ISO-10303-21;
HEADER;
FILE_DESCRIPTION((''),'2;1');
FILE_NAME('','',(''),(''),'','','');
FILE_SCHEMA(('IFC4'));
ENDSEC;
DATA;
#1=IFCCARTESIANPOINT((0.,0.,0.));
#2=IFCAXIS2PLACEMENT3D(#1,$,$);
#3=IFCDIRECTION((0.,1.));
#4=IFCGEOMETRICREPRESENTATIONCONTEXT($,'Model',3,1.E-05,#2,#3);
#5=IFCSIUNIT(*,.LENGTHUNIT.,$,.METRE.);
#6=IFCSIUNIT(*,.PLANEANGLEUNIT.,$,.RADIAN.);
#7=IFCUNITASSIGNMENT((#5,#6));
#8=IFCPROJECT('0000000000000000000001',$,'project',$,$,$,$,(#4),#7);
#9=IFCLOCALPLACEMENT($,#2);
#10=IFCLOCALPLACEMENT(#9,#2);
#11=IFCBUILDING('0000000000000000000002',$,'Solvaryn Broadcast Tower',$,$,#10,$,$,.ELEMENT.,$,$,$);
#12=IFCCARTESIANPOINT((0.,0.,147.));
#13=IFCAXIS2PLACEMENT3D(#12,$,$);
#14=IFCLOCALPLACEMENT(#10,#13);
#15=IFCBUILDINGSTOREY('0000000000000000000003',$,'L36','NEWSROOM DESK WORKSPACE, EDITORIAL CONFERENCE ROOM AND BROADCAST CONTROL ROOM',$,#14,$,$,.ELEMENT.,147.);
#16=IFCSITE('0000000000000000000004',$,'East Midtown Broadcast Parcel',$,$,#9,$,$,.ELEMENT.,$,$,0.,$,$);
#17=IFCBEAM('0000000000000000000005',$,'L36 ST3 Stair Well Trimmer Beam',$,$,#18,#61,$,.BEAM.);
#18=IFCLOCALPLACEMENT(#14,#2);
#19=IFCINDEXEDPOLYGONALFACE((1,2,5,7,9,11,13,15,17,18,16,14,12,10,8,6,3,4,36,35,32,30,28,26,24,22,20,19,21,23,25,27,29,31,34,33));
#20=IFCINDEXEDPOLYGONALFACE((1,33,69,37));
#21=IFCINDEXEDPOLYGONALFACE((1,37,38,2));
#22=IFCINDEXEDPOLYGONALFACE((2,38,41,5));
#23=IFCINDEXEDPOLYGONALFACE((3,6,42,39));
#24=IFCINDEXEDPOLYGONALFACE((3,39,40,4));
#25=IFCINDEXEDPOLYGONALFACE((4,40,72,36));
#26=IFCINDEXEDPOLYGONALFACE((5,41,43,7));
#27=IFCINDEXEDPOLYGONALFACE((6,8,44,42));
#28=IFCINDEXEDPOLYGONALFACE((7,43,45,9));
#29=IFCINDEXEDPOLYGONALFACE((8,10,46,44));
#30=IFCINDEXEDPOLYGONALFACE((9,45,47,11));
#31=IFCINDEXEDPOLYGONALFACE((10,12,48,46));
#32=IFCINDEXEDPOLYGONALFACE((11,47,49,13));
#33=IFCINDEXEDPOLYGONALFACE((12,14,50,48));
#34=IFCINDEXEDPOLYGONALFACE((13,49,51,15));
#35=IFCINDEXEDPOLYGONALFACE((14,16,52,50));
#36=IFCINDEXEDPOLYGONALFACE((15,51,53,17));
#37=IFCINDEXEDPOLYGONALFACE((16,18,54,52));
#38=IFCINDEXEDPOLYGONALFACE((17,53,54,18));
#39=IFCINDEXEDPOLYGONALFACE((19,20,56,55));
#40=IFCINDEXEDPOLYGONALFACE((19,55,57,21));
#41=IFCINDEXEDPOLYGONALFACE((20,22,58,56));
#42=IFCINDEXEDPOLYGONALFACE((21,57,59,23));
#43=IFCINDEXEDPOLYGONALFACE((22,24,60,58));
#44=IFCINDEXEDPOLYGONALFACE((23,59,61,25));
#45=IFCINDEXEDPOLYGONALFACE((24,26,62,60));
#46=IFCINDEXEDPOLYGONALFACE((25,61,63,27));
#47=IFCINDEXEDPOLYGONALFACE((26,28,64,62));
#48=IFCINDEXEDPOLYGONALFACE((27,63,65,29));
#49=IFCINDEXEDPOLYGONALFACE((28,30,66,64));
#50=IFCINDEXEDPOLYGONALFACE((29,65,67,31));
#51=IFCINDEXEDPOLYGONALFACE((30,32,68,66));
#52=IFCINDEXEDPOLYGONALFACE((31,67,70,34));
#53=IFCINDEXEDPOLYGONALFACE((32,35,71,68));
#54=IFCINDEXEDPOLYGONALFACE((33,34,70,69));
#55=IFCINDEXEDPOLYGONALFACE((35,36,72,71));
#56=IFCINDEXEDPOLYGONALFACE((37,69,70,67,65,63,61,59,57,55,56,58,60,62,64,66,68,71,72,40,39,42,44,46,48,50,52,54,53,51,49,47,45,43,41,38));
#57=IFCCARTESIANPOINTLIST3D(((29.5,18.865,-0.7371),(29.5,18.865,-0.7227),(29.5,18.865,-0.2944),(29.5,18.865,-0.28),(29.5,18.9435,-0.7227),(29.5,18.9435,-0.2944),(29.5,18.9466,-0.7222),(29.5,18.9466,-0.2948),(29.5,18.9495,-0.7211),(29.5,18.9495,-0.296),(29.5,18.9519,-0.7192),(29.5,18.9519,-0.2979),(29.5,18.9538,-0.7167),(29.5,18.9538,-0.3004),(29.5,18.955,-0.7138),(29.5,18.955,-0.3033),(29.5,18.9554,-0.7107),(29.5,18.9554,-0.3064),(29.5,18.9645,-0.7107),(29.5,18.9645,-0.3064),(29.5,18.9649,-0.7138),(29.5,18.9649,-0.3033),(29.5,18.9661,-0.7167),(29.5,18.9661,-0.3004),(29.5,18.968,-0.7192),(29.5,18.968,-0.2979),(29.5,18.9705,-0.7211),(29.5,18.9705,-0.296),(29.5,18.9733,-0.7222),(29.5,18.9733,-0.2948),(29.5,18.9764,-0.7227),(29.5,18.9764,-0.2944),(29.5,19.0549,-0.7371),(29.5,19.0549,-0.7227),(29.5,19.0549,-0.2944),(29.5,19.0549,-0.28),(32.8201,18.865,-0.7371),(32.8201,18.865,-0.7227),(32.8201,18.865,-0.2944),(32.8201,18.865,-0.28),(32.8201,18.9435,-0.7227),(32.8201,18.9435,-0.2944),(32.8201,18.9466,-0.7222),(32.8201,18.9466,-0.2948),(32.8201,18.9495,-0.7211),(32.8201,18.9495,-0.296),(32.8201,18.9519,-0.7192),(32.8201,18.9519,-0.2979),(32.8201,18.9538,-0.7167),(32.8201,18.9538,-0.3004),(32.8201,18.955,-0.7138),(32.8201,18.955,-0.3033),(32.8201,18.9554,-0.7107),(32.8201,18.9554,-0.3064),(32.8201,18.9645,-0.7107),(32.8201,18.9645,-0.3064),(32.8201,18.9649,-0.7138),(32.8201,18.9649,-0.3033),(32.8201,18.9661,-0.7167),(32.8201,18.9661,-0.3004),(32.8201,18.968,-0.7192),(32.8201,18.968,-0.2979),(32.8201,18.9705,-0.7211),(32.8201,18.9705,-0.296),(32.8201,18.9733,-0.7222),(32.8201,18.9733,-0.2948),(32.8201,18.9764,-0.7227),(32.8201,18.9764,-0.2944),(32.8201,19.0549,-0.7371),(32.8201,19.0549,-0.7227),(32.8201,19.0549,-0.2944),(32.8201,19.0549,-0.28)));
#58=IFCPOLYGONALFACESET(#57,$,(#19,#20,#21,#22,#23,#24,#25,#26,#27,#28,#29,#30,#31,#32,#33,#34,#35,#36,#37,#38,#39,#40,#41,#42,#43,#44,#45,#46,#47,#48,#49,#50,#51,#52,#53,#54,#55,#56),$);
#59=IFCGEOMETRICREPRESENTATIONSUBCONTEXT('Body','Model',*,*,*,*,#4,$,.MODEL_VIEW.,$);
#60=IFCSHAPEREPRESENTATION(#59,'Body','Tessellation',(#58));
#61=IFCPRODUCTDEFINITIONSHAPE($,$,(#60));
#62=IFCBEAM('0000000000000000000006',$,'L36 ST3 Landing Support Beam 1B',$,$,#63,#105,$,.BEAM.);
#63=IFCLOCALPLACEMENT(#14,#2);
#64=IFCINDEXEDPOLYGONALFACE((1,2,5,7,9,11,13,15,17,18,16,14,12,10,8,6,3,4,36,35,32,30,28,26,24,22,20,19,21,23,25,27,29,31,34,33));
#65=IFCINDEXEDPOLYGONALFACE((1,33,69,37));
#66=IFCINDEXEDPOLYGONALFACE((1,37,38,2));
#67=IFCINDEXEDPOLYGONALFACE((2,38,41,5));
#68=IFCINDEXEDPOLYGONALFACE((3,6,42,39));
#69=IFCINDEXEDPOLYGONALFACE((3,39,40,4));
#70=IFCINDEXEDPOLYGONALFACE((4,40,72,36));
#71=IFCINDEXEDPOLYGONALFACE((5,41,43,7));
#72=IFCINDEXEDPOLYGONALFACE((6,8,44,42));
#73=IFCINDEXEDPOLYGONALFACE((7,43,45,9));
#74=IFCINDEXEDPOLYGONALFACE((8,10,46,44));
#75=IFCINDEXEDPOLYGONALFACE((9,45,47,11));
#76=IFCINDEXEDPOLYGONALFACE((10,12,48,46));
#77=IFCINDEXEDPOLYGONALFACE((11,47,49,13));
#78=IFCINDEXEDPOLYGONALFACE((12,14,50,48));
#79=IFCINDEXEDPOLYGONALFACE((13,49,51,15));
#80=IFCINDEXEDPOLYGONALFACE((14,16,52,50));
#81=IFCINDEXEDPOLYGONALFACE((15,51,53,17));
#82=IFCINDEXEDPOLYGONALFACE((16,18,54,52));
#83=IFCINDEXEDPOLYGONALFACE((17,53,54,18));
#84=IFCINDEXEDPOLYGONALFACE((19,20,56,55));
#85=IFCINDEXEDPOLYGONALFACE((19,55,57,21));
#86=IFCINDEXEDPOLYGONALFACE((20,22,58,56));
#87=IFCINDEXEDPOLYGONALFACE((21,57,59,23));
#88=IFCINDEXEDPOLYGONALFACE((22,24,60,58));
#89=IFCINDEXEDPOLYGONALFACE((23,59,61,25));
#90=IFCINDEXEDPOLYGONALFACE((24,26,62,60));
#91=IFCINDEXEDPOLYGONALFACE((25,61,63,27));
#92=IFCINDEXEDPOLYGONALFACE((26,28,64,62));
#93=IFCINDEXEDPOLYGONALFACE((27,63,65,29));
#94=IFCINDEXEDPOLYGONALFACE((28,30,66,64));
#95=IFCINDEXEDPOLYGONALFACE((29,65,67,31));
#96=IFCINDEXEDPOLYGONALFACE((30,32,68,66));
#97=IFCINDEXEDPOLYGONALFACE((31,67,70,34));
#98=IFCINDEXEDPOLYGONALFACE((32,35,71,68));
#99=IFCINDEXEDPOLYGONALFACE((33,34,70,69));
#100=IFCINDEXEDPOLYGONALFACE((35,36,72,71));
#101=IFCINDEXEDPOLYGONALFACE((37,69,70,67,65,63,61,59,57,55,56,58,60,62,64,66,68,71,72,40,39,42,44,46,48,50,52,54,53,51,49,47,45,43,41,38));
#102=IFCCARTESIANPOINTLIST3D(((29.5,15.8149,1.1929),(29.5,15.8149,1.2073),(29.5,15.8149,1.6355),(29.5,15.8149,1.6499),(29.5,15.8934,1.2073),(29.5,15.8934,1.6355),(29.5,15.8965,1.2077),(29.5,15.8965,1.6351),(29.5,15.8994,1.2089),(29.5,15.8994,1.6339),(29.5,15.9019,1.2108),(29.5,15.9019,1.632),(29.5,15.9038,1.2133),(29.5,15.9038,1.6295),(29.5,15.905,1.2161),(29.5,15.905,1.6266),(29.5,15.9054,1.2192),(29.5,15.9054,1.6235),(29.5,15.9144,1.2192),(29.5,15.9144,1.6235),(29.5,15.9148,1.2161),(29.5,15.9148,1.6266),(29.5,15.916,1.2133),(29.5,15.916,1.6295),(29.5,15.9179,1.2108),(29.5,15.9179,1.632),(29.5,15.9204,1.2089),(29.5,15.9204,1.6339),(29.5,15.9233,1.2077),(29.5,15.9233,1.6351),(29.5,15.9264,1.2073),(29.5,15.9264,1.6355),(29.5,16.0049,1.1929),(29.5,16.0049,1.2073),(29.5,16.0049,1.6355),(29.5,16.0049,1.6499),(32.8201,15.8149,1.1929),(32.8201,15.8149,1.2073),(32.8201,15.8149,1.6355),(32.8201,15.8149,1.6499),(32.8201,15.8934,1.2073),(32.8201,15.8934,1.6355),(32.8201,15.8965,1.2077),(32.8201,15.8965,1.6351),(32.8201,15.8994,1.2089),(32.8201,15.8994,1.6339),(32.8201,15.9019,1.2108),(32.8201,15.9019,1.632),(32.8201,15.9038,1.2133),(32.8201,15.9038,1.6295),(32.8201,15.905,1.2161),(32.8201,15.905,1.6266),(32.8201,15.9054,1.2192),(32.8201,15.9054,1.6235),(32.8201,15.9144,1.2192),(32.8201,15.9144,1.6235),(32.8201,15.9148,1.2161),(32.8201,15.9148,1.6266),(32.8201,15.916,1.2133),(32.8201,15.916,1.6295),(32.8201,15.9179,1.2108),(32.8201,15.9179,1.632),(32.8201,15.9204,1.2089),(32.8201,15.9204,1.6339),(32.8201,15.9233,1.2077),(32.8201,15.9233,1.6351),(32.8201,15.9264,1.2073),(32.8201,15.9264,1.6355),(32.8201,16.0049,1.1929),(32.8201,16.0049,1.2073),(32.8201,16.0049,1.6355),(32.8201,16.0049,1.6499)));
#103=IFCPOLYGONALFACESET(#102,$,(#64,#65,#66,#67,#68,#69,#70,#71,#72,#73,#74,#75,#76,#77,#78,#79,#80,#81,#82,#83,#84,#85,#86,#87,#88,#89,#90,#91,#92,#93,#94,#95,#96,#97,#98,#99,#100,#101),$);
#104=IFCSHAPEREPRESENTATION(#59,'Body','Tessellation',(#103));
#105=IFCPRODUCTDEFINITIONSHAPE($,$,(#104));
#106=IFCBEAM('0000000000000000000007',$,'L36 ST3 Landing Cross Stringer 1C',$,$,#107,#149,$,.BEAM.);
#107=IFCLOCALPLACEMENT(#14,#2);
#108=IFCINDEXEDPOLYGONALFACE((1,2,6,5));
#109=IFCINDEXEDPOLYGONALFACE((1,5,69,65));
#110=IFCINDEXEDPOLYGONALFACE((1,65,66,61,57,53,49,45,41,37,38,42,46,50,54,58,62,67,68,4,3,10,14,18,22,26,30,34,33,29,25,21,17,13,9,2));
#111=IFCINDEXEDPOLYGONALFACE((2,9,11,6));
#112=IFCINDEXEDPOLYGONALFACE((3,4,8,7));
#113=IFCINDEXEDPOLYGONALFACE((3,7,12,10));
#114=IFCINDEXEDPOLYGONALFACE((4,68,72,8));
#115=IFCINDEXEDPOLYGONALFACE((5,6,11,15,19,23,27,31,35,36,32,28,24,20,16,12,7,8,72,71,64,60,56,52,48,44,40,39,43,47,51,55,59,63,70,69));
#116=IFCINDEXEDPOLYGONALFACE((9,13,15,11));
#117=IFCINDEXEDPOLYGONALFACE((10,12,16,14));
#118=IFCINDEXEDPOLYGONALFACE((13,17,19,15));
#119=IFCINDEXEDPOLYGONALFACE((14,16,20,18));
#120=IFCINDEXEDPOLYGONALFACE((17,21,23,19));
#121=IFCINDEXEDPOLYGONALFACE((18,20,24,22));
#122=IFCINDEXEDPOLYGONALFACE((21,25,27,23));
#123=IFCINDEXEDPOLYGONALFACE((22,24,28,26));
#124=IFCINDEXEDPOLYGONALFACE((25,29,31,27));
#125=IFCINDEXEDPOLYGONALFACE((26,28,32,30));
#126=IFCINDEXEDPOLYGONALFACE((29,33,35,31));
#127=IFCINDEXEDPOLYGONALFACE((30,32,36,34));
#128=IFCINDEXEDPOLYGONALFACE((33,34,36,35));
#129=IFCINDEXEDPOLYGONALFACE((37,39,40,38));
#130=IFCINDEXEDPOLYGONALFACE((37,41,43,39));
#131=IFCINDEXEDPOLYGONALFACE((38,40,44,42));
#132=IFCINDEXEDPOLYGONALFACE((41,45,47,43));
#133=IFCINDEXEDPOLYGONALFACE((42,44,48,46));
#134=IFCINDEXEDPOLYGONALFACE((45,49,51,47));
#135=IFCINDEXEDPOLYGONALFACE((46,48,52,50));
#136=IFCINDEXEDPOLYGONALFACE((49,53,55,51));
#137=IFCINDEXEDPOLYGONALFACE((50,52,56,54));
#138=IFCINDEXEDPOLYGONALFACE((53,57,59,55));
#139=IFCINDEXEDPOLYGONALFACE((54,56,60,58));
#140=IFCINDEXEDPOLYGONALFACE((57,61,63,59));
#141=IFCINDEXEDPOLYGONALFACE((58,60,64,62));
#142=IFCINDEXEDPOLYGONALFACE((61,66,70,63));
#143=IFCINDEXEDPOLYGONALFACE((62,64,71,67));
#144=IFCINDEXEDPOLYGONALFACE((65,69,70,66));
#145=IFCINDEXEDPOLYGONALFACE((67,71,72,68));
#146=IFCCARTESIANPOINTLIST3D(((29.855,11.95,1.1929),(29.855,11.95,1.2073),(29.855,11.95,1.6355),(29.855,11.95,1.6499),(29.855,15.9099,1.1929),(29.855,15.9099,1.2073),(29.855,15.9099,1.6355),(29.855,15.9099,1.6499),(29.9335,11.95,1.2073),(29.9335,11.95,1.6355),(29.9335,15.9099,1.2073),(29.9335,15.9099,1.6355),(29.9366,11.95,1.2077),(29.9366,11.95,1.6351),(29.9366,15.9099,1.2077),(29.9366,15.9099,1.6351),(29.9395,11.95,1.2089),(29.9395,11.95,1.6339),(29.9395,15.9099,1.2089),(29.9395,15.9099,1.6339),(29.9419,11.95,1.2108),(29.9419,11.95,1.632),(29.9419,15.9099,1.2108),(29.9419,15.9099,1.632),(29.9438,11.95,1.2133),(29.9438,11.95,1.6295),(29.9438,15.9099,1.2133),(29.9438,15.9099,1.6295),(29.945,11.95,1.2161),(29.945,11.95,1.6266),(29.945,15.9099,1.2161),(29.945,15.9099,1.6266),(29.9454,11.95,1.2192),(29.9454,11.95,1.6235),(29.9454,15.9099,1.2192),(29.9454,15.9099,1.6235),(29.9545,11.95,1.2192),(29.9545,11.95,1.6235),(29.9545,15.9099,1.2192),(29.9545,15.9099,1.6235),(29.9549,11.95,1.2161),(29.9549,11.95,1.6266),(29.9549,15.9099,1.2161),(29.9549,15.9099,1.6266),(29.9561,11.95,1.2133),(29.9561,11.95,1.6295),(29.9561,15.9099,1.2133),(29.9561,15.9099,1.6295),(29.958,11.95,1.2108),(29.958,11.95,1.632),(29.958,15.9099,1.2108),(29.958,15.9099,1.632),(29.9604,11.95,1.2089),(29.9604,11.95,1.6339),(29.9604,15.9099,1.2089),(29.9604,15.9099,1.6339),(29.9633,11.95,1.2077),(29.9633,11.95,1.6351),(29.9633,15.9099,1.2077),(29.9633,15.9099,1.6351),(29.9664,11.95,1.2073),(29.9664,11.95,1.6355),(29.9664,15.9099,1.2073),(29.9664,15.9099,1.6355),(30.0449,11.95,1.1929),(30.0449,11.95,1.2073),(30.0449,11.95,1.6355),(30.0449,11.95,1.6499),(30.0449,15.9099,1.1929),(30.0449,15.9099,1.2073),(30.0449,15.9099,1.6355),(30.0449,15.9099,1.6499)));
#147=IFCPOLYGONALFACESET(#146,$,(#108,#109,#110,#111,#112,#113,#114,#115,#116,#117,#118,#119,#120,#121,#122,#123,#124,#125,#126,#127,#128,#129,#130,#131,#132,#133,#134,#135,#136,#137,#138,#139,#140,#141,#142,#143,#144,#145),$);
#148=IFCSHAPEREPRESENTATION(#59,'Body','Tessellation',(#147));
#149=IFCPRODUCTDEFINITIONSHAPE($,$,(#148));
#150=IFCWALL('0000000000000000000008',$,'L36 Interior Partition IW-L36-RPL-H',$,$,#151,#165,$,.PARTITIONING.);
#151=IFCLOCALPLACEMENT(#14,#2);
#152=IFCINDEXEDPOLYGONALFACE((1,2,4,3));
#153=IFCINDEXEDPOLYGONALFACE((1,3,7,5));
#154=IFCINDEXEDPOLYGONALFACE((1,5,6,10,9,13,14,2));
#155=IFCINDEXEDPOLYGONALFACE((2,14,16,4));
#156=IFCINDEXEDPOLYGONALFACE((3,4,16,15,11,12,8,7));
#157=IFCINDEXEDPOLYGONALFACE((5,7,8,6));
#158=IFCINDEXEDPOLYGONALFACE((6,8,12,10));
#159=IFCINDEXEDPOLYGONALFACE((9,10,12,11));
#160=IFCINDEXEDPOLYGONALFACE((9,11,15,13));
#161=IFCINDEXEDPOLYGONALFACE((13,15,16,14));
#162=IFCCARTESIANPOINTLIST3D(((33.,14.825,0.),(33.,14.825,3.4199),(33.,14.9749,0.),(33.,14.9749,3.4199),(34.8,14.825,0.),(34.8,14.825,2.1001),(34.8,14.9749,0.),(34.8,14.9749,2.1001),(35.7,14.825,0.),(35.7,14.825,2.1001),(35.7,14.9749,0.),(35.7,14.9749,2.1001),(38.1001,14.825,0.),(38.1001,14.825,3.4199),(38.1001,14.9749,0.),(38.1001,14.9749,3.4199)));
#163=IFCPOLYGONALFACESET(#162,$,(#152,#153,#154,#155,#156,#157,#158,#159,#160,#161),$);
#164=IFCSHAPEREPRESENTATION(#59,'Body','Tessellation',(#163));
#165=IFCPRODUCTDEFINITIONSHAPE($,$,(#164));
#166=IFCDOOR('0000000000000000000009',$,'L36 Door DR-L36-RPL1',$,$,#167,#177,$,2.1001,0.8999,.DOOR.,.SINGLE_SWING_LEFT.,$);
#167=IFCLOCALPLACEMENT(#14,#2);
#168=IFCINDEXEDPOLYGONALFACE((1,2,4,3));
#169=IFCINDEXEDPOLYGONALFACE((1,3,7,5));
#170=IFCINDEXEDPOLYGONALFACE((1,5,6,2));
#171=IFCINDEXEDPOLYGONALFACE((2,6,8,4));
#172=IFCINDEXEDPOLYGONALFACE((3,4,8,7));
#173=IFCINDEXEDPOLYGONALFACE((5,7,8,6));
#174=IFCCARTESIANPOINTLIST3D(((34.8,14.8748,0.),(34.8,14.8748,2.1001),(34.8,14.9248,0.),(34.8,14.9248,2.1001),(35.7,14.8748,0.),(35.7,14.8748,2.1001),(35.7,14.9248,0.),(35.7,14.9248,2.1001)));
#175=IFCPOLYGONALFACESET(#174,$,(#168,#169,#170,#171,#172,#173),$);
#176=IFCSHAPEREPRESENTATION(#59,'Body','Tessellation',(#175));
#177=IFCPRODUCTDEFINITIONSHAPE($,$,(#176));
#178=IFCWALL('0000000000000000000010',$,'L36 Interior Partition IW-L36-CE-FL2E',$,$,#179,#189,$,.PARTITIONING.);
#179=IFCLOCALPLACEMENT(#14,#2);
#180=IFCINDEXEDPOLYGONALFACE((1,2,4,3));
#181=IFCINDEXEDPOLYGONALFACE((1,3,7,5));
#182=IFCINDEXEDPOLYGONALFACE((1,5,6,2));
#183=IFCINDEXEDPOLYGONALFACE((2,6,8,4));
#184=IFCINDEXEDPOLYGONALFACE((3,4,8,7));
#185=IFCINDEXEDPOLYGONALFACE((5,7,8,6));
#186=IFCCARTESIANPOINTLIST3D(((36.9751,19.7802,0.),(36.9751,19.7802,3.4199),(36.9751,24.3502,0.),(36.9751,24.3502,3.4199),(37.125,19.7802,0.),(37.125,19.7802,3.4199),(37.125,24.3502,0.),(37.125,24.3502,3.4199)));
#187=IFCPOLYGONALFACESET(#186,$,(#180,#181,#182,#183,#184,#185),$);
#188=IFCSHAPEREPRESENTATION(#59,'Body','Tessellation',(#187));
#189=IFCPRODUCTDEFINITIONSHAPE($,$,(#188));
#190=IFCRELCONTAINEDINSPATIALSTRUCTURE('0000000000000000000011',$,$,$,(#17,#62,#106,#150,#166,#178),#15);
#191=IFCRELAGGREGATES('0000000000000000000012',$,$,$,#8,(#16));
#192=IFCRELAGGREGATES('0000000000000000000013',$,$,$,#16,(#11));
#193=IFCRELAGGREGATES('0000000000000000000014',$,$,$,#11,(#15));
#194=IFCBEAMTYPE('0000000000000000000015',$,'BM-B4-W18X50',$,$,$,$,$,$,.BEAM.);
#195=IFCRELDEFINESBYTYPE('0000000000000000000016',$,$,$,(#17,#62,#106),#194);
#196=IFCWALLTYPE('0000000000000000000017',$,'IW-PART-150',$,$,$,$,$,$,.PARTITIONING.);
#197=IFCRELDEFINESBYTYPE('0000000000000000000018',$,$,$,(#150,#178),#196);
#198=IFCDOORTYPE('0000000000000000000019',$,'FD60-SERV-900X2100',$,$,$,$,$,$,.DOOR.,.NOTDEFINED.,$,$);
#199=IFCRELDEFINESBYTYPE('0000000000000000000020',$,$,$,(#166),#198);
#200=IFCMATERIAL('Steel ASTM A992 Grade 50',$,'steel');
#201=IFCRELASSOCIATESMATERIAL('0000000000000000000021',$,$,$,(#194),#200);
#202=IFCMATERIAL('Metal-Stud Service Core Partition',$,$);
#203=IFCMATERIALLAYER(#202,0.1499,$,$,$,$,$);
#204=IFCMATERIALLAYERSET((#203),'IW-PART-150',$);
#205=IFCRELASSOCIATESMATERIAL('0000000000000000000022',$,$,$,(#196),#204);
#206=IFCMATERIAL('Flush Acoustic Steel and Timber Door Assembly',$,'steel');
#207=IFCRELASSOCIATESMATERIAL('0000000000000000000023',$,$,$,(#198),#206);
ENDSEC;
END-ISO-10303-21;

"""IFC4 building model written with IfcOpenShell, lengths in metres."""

from ifc_helpers import new_model, si_unit, direction, frame, frame_2d, origin, origin_2d, place, context, subcontext, project, spatial, rectangle, i_section, extrude, material, layer, layer_set, material_profile, profile_set, type_object, element, fill, save


model = new_model("IFC4")

# Units and contexts
model_context = context("Model", 3, precision=1e-05, world=origin(), true_north=direction((0.0, 1.0)))
body_context = subcontext(model_context, "Body", "Model", "MODEL_VIEW")
ifc_project = project(units=[si_unit("LENGTHUNIT", "METRE"), si_unit("PLANEANGLEUNIT", "RADIAN")], contexts=[model_context])

# Site, building, storey
site_placement = place(None, origin())
site = spatial("IfcSite", under=ifc_project, at=site_placement, Name="East Midtown Broadcast Parcel", CompositionType="ELEMENT", RefElevation=0.0)
building_placement = place(site_placement, origin())
building = spatial("IfcBuilding", under=site, at=building_placement, Name="Solvaryn Broadcast Tower", CompositionType="ELEMENT")
storey_placement = place(building_placement, frame((0.0, 0.0, 147.0)))
storey = spatial("IfcBuildingStorey", under=building, at=storey_placement, Name="L36", Description="NEWSROOM DESK WORKSPACE, EDITORIAL CONFERENCE ROOM AND BROADCAST CONTROL ROOM", CompositionType="ELEMENT", Elevation=147.0)

# Beams
ifc_material_1 = material(Name="Steel ASTM A992 Grade 50", Category="steel")
ifc_material_profile_1 = material_profile(ifc_material_1, i_section(OverallWidth=0.1899, OverallDepth=0.457, WebThickness=0.009, FlangeThickness=0.0144, FilletRadius=0.012, at=origin_2d()))
ifc_profile_set_1 = profile_set([ifc_material_profile_1], Name="Steel ASTM A992 Grade 50")
beam_type_1 = type_object("IfcBeamType", Name="BM-B4-W18X50", PredefinedType="BEAM", material=ifc_profile_set_1)
for number, where, z_axis, x_axis, name in (
    (1, (29.5, 18.96, -0.5085), (1.0, 0.0, 0.0), (0.0, 1.0, 0.0), "L36 ST3 Stair Well Trimmer Beam"),
    (2, (29.5, 15.9099, 1.4214), (1.0, 0.0, 0.0), (0.0, 1.0, 0.0), "L36 ST3 Landing Support Beam 1B"),
):
    element("IfcBeam", number, at=place(storey_placement, frame(where, z_axis=z_axis, x_axis=x_axis)), inside=storey, type_object=beam_type_1, Name=name, PredefinedType="BEAM", context=body_context, shape_type="SweptSolid", body=[
        extrude(i_section(OverallWidth=0.1899, OverallDepth=0.457, WebThickness=0.009, FlangeThickness=0.0144, FilletRadius=0.012, at=origin_2d()), origin(), (0.0, 0.0, 1.0), 3.3201),
    ])
beam_1_placement = place(storey_placement, frame((29.95, 11.95, 1.4214), z_axis=(0.0, 1.0, 0.0), x_axis=(-1.0, 0.0, 0.0)))
element("IfcBeam", 3, at=beam_1_placement, inside=storey, type_object=beam_type_1, Name="L36 ST3 Landing Cross Stringer 1C", PredefinedType="BEAM", context=body_context, shape_type="SweptSolid", body=[
    extrude(i_section(OverallWidth=0.1899, OverallDepth=0.457, WebThickness=0.009, FlangeThickness=0.0144, FilletRadius=0.012, at=origin_2d()), origin(), (0.0, 0.0, 1.0), 3.96),
])

# Wall, opening, door
ifc_material_2 = material(Name="Metal-Stud Service Core Partition")
ifc_layer_1 = layer(ifc_material_2, 0.1499)
ifc_layer_set_1 = layer_set([ifc_layer_1], Name="IW-PART-150")
wall_type_1 = type_object("IfcWallType", Name="IW-PART-150", PredefinedType="PARTITIONING", material=ifc_layer_set_1)
wall_1_placement = place(storey_placement, frame((33.0, 14.8999, 0.0), z_axis=(0.0, 0.0, 1.0), x_axis=(1.0, 0.0, 0.0)))
wall_1 = element("IfcWall", 4, at=wall_1_placement, inside=storey, type_object=wall_type_1, Name="L36 Interior Partition IW-L36-RPL-H", PredefinedType="PARTITIONING", context=body_context, shape_type="SweptSolid", body=[
    extrude(rectangle(XDim=5.1001, YDim=0.1499, at=frame_2d((2.55, 0.0))), origin(), (0.0, 0.0, 1.0), 3.4199),
])
opening_1_placement = place(wall_1_placement, frame((1.8, 0.0, 0.0)))
opening_1 = element("IfcOpeningElement", 5, at=opening_1_placement, cuts=wall_1, PredefinedType="OPENING", context=body_context, shape_type="SweptSolid", body=[
    extrude(rectangle(XDim=0.8999, YDim=2.1001, at=frame_2d((0.45, 1.05))), frame((0.0, 0.085, 0.0), z_axis=(0.0, -1.0, 0.0), x_axis=(1.0, 0.0, 0.0)), (0.0, 0.0, 1.0), 0.1699),
])
ifc_material_3 = material(Name="Flush Acoustic Steel and Timber Door Assembly", Category="steel")
door_type_1 = type_object("IfcDoorType", Name="FD60-SERV-900X2100", OperationType="NOTDEFINED", PredefinedType="DOOR", material=ifc_material_3)
door_1_placement = place(opening_1_placement, origin())
door_1 = element("IfcDoor", 6, at=door_1_placement, inside=storey, type_object=door_type_1, Name="L36 Door DR-L36-RPL1", OperationType="SINGLE_SWING_LEFT", OverallHeight=2.1001, OverallWidth=0.8999, PredefinedType="DOOR", context=body_context, shape_type="SweptSolid", body=[
    extrude(rectangle(XDim=0.8999, YDim=2.1001, at=frame_2d((0.45, 1.05))), frame((0.0, 0.0249, 0.0), z_axis=(0.0, -1.0, 0.0), x_axis=(1.0, 0.0, 0.0)), (0.0, 0.0, 1.0), 0.05),
])
fill(opening_1, door_1)

# Wall
for number, where, z_axis, x_axis, name in (
    (7, (37.05, 19.78, 0.0), (0.0, 0.0, 1.0), (0.0, 1.0, 0.0), "L36 Interior Partition IW-L36-CE-FL2E"),
):
    element("IfcWall", number, at=place(storey_placement, frame(where, z_axis=z_axis, x_axis=x_axis)), inside=storey, type_object=wall_type_1, Name=name, PredefinedType="PARTITIONING", context=body_context, shape_type="SweptSolid", body=[
        extrude(rectangle(XDim=4.5701, YDim=0.1499, at=frame_2d((2.2852, 0.0))), origin(), (0.0, 0.0, 1.0), 3.4199),
    ])

save(model, "model.ifc")
